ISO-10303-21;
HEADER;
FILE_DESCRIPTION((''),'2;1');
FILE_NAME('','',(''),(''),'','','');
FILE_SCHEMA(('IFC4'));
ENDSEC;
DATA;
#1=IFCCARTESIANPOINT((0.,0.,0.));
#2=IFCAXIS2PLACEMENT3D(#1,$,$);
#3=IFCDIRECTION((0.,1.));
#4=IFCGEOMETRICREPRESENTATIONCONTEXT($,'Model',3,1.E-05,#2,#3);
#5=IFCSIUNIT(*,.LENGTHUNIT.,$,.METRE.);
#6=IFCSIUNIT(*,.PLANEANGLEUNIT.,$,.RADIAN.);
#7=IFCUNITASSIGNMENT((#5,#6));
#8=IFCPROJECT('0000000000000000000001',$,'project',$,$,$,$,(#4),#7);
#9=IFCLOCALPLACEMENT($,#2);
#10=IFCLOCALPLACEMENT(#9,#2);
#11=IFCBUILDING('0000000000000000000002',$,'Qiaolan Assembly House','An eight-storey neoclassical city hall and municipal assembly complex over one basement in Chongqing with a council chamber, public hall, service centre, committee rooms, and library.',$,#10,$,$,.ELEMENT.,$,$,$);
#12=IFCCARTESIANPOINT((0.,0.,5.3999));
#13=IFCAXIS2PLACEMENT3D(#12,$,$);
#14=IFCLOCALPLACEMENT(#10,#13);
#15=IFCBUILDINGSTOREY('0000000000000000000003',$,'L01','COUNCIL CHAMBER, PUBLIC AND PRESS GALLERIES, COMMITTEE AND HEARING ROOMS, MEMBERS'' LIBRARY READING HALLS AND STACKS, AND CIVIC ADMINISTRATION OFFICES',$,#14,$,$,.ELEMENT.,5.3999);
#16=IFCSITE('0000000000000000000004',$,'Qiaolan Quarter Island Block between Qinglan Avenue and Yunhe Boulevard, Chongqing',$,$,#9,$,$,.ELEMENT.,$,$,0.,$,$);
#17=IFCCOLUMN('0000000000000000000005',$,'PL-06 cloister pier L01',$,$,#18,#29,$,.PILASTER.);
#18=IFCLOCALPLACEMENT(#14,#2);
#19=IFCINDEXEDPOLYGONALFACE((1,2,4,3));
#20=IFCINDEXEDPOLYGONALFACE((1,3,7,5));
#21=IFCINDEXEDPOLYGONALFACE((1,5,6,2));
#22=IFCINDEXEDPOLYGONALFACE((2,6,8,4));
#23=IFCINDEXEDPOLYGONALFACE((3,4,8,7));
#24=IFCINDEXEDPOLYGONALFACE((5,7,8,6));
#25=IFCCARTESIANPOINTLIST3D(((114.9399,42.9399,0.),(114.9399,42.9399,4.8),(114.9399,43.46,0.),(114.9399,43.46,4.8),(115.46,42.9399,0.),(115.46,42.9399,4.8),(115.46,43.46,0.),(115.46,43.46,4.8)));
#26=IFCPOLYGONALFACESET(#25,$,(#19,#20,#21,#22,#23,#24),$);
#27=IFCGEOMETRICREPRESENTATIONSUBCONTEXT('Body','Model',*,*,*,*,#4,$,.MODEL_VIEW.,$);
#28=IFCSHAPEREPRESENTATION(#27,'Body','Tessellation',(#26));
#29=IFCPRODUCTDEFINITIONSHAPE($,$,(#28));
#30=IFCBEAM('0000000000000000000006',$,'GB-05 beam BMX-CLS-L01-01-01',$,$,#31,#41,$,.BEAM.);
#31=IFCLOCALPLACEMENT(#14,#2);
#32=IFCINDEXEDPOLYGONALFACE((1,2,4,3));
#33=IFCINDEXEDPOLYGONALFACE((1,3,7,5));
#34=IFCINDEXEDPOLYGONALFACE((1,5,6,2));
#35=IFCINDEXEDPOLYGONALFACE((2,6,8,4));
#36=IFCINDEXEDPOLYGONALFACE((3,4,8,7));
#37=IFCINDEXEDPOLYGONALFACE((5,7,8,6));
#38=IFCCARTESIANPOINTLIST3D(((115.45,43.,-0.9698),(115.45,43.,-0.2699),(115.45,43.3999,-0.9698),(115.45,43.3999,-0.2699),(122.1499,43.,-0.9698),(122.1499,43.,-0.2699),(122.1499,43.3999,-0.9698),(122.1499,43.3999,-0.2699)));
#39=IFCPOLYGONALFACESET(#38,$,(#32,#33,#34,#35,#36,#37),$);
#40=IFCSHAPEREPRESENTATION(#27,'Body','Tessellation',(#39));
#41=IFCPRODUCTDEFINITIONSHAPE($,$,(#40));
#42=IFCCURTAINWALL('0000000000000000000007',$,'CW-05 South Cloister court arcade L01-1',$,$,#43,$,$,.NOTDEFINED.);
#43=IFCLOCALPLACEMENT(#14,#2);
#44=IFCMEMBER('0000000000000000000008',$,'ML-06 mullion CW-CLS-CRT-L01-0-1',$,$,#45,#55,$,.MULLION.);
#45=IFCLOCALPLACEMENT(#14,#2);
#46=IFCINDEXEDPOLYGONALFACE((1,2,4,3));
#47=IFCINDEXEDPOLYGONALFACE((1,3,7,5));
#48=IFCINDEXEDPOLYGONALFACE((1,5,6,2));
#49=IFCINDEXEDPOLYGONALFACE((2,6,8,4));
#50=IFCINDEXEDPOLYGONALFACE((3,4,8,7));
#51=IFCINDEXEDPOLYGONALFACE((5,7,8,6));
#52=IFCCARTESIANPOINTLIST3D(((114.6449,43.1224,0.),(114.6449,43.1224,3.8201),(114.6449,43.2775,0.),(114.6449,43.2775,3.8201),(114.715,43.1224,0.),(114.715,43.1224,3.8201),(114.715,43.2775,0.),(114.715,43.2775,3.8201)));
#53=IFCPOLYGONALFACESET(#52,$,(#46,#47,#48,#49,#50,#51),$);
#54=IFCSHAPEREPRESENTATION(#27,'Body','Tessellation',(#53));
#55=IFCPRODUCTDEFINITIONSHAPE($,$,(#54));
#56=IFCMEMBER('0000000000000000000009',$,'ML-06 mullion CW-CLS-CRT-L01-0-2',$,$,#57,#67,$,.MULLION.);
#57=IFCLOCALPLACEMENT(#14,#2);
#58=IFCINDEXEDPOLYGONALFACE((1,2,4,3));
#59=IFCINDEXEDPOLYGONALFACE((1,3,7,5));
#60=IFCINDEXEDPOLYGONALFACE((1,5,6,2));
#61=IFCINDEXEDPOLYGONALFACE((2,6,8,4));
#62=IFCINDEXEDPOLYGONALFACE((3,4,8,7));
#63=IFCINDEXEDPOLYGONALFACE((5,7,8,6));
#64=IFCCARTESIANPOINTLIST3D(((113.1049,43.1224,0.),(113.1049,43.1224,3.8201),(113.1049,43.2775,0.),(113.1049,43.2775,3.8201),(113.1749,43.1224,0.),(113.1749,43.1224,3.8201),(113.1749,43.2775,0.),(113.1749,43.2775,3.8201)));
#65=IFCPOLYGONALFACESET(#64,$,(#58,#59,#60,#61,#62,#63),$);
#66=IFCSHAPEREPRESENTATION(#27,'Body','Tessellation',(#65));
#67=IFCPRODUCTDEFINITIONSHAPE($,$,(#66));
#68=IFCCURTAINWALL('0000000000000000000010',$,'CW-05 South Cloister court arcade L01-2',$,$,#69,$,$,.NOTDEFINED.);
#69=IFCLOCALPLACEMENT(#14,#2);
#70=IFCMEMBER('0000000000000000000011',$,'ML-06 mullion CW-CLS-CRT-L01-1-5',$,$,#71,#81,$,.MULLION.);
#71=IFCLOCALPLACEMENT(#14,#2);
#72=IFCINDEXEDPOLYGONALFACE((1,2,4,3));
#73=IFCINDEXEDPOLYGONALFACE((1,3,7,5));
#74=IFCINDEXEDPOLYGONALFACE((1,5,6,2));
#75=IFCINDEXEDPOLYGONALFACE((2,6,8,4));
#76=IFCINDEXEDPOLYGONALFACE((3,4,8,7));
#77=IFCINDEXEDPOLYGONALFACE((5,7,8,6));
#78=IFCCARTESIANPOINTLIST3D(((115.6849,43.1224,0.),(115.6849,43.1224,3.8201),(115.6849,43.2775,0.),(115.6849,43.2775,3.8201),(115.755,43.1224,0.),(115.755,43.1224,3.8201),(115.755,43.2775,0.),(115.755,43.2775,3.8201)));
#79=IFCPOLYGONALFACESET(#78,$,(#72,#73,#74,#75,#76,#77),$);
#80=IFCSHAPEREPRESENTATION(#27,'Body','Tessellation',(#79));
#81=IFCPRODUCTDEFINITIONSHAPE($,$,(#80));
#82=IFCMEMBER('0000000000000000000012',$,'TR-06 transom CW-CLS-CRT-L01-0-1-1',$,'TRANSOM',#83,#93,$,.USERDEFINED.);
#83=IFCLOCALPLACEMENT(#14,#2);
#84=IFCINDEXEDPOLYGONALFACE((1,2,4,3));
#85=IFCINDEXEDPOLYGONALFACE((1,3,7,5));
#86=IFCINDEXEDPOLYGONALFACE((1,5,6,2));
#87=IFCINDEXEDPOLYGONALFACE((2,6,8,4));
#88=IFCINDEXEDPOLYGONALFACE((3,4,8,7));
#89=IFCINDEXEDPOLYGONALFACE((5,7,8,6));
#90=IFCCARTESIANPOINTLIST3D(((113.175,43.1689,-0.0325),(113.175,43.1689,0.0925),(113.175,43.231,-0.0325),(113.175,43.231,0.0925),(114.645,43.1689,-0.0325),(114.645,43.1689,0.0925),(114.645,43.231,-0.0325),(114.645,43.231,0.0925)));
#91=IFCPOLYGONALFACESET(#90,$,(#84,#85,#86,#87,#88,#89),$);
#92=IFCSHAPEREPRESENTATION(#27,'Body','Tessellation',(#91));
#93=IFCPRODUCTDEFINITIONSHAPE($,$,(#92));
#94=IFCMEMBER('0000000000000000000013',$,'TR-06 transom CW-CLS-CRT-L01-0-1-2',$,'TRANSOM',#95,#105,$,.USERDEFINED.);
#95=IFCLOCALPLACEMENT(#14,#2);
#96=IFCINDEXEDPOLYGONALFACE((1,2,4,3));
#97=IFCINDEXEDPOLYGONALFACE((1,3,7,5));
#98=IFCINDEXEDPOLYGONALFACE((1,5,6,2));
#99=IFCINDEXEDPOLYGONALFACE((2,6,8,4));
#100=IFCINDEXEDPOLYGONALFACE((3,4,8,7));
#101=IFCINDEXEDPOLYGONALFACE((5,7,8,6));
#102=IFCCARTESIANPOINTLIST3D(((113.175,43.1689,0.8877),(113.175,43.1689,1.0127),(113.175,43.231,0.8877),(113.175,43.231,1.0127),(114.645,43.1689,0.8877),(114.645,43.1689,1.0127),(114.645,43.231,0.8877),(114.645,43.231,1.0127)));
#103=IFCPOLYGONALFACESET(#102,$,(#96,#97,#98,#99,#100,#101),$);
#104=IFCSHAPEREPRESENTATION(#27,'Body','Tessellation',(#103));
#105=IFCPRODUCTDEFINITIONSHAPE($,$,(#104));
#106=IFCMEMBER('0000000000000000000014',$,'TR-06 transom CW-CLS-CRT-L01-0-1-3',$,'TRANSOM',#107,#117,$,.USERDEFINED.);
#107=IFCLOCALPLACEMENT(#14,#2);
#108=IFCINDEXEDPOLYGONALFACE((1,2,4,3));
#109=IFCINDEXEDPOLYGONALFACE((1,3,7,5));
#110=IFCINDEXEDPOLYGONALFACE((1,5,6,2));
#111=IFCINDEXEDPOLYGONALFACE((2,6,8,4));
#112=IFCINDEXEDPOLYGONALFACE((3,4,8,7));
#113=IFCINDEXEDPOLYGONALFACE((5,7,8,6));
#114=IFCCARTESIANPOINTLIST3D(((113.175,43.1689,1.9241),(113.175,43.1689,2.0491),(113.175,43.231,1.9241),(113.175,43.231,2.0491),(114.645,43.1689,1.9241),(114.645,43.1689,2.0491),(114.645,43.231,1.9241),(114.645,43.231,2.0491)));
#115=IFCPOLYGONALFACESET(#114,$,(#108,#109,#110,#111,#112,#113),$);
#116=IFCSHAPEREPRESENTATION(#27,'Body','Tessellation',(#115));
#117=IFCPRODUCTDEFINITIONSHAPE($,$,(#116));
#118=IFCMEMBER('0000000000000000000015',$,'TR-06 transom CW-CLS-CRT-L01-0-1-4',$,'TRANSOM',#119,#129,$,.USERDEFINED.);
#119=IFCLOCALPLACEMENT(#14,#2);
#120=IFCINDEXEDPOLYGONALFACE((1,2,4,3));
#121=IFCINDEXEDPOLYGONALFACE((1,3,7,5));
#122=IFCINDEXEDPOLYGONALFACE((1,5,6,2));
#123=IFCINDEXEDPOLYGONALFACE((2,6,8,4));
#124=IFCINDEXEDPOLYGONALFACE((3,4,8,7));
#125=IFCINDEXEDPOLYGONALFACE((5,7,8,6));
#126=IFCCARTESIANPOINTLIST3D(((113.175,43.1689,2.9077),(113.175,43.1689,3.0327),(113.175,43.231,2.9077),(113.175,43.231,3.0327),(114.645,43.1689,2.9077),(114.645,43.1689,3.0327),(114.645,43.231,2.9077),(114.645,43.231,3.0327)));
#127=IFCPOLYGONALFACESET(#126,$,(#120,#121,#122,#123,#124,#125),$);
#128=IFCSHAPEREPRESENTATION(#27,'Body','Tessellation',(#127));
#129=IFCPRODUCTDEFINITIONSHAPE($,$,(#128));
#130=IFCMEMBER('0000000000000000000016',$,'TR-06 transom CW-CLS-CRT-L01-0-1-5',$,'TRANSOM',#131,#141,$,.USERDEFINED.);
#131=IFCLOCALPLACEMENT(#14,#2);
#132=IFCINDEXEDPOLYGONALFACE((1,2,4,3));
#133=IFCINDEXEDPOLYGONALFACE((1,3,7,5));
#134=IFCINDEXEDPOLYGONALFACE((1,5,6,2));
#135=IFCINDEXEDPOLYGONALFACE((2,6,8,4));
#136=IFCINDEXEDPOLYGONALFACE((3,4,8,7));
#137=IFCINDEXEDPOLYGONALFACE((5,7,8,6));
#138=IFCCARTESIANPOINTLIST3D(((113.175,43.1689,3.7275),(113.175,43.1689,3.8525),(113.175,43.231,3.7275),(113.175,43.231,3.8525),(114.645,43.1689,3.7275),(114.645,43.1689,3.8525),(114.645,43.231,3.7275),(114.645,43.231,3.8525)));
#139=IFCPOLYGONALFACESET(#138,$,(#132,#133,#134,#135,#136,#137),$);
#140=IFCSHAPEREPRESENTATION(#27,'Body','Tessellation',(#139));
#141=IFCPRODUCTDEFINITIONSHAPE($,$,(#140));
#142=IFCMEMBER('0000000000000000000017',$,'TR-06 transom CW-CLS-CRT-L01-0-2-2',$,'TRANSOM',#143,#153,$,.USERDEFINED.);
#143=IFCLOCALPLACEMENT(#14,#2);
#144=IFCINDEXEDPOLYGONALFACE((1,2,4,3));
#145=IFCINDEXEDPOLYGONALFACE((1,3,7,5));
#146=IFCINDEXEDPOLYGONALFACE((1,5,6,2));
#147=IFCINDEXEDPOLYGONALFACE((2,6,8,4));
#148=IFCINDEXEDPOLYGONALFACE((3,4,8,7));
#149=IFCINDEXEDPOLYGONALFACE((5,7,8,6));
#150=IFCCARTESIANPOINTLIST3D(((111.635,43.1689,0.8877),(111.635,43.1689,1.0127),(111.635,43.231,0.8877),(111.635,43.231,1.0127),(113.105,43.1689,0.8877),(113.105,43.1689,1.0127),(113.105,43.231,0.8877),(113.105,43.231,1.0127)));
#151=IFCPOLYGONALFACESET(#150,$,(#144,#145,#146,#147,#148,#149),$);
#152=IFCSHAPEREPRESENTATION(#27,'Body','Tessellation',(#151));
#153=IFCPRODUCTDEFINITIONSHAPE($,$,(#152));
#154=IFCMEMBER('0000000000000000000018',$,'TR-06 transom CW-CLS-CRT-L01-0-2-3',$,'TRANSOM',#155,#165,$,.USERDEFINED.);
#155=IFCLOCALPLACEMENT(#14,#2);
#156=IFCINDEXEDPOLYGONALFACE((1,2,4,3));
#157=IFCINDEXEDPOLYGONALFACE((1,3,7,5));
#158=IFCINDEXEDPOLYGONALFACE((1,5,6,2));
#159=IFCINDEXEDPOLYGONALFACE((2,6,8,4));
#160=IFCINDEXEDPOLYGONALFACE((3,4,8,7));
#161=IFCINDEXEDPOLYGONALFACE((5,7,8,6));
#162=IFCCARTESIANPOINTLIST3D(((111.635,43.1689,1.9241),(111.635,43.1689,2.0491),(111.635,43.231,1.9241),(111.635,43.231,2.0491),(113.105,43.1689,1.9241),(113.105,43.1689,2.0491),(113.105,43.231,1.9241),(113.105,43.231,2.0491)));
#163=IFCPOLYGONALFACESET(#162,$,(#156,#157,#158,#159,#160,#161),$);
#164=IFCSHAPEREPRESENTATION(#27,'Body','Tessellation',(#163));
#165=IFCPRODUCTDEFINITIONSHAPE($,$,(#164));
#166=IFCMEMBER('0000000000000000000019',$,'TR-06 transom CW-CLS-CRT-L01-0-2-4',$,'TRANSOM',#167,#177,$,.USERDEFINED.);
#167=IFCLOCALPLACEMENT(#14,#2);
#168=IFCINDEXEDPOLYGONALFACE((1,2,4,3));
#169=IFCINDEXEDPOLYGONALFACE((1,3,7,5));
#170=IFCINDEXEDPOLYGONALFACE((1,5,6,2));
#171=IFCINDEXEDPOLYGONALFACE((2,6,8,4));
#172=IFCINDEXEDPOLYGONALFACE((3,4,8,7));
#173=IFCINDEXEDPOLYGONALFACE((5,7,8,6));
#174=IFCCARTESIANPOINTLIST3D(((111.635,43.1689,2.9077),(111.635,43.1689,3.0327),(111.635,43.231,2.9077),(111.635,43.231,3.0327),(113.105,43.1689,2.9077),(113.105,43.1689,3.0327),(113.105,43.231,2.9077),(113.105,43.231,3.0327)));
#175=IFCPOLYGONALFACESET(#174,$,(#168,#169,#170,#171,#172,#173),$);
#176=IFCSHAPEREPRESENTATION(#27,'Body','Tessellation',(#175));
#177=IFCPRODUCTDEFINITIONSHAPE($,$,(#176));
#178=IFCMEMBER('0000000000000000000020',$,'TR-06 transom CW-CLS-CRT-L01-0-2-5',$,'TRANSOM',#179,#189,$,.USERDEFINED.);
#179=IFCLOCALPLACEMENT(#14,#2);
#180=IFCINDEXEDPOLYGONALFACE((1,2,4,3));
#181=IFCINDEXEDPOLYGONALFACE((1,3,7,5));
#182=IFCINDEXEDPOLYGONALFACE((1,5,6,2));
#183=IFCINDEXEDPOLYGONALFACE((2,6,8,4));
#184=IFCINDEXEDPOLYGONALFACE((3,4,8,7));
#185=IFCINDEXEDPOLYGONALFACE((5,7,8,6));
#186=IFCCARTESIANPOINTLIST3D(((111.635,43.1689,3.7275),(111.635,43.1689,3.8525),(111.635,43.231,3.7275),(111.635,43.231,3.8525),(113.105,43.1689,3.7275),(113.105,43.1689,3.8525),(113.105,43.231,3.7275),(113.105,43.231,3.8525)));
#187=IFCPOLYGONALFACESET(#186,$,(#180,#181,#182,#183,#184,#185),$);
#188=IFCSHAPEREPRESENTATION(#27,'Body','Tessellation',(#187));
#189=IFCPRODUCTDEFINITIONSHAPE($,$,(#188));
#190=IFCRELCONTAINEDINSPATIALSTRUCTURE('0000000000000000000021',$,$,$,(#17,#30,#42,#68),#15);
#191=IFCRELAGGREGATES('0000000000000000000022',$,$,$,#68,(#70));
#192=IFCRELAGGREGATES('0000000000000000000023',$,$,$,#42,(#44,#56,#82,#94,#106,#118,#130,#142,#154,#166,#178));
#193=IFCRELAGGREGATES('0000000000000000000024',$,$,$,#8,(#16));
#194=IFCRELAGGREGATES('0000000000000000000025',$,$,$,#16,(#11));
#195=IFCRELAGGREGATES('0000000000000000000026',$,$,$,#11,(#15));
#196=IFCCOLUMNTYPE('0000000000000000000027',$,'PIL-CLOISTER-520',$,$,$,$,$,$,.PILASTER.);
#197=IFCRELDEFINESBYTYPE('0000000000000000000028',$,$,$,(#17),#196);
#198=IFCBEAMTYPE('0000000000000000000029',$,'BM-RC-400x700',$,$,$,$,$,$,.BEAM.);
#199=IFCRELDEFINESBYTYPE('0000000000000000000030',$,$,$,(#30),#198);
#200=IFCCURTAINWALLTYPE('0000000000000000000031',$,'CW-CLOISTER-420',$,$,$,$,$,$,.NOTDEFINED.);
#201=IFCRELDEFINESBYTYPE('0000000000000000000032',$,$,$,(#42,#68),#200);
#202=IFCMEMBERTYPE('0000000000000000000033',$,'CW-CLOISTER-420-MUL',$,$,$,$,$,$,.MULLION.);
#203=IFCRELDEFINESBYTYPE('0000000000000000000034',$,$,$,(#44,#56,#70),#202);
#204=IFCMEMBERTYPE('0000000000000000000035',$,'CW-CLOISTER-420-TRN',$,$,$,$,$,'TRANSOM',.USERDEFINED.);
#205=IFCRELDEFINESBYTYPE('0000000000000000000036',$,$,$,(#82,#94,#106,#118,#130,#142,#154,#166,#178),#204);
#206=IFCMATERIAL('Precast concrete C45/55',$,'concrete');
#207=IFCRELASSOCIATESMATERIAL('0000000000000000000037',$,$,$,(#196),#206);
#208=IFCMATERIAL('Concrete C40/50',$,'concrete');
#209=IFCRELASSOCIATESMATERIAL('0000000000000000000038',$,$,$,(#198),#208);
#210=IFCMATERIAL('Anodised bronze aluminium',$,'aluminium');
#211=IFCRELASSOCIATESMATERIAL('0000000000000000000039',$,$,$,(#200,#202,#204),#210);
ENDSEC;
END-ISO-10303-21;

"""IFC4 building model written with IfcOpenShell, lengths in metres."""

from ifc_helpers import new_model, si_unit, direction, frame, origin, origin_2d, place, context, subcontext, project, spatial, rectangle, extrude, material, material_profile, profile_set, type_object, element, aggregate, save


model = new_model("IFC4")

# Units and contexts
model_context = context("Model", 3, precision=1e-05, world=origin(), true_north=direction((0.0, 1.0)))
body_context = subcontext(model_context, "Body", "Model", "MODEL_VIEW")
ifc_project = project(units=[si_unit("LENGTHUNIT", "METRE"), si_unit("PLANEANGLEUNIT", "RADIAN")], contexts=[model_context])

# Site, building, storey
site_placement = place(None, origin())
site = spatial("IfcSite", under=ifc_project, at=site_placement, Name="Qiaolan Quarter Island Block between Qinglan Avenue and Yunhe Boulevard, Chongqing", CompositionType="ELEMENT", RefElevation=0.0)
building_placement = place(site_placement, origin())
building = spatial("IfcBuilding", under=site, at=building_placement, Name="Qiaolan Assembly House", Description="An eight-storey neoclassical city hall and municipal assembly complex over one basement in Chongqing with a council chamber, public hall, service centre, committee rooms, and library.", CompositionType="ELEMENT")
storey_placement = place(building_placement, frame((0.0, 0.0, 5.3999)))
storey = spatial("IfcBuildingStorey", under=building, at=storey_placement, Name="L01", Description="COUNCIL CHAMBER, PUBLIC AND PRESS GALLERIES, COMMITTEE AND HEARING ROOMS, MEMBERS' LIBRARY READING HALLS AND STACKS, AND CIVIC ADMINISTRATION OFFICES", CompositionType="ELEMENT", Elevation=5.3999)

# Column
ifc_material_1 = material(Name="Precast concrete C45/55", Category="concrete")
ifc_material_profile_1 = material_profile(ifc_material_1, rectangle(XDim=0.52, YDim=0.52, at=origin_2d()), Name="PIL 520x520")
ifc_profile_set_1 = profile_set([ifc_material_profile_1], Name="Precast concrete C45/55")
column_type = type_object("IfcColumnType", Name="PIL-CLOISTER-520", PredefinedType="PILASTER", material=ifc_profile_set_1)
column_placement = place(storey_placement, frame((115.2, 43.2, 0.0), z_axis=(0.0, 0.0, 1.0), x_axis=(1.0, 0.0, 0.0)))
element("IfcColumn", 1, at=column_placement, inside=storey, type_object=column_type, Name="PL-06 cloister pier L01", PredefinedType="PILASTER", context=body_context, shape_type="SweptSolid", body=[
    extrude(rectangle(XDim=0.52, YDim=0.52, at=origin_2d()), origin(), (0.0, 0.0, 1.0), 4.8),
])

# Beam
ifc_material_2 = material(Name="Concrete C40/50", Category="concrete")
ifc_material_profile_2 = material_profile(ifc_material_2, rectangle(XDim=0.3999, YDim=0.7, at=origin_2d()), Name="RCB 400x700")
ifc_profile_set_2 = profile_set([ifc_material_profile_2], Name="Concrete C40/50")
beam_type = type_object("IfcBeamType", Name="BM-RC-400x700", PredefinedType="BEAM", material=ifc_profile_set_2)
beam_placement = place(storey_placement, frame((115.45, 43.2, -0.6199), z_axis=(1.0, 0.0, 0.0), x_axis=(0.0, 1.0, 0.0)))
element("IfcBeam", 2, at=beam_placement, inside=storey, type_object=beam_type, Name="GB-05 beam BMX-CLS-L01-01-01", PredefinedType="BEAM", context=body_context, shape_type="SweptSolid", body=[
    extrude(rectangle(XDim=0.3999, YDim=0.7, at=origin_2d()), origin(), (0.0, 0.0, 1.0), 6.7),
])

# Curtain wall, members
ifc_material_3 = material(Name="Anodised bronze aluminium", Category="aluminium")
curtain_wall_type = type_object("IfcCurtainWallType", Name="CW-CLOISTER-420", PredefinedType="NOTDEFINED", material=ifc_material_3)
curtain_wall_1_placement = place(storey_placement, origin())
curtain_wall_1 = element("IfcCurtainWall", 3, at=curtain_wall_1_placement, inside=storey, type_object=curtain_wall_type, Name="CW-05 South Cloister court arcade L01-1", PredefinedType="NOTDEFINED")
ifc_material_profile_3 = material_profile(ifc_material_3, rectangle(XDim=0.0701, YDim=0.155, at=origin_2d()), Name="MUL 70x155")
ifc_profile_set_3 = profile_set([ifc_material_profile_3], Name="Anodised bronze aluminium")
member_type_1 = type_object("IfcMemberType", Name="CW-CLOISTER-420-MUL", PredefinedType="MULLION", material=ifc_profile_set_3)
member_1_placement = place(storey_placement, frame((114.6799, 43.2, 0.0), z_axis=(0.0, 0.0, 1.0), x_axis=(-1.0, 0.0, 0.0)))
member_1 = element("IfcMember", 4, at=member_1_placement, type_object=member_type_1, Name="ML-06 mullion CW-CLS-CRT-L01-0-1", PredefinedType="MULLION", context=body_context, shape_type="SweptSolid", body=[
    extrude(rectangle(XDim=0.0701, YDim=0.155, at=origin_2d()), origin(), (0.0, 0.0, 1.0), 3.8201),
])
member_2_placement = place(storey_placement, frame((113.1399, 43.2, 0.0), z_axis=(0.0, 0.0, 1.0), x_axis=(-1.0, 0.0, 0.0)))
member_2 = element("IfcMember", 5, at=member_2_placement, type_object=member_type_1, Name="ML-06 mullion CW-CLS-CRT-L01-0-2", PredefinedType="MULLION", context=body_context, shape_type="SweptSolid", body=[
    extrude(rectangle(XDim=0.0701, YDim=0.155, at=origin_2d()), origin(), (0.0, 0.0, 1.0), 3.8201),
])

# Curtain wall, member
curtain_wall_2_placement = place(storey_placement, origin())
curtain_wall_2 = element("IfcCurtainWall", 6, at=curtain_wall_2_placement, inside=storey, type_object=curtain_wall_type, Name="CW-05 South Cloister court arcade L01-2", PredefinedType="NOTDEFINED")
member_3_placement = place(storey_placement, frame((115.72, 43.2, 0.0), z_axis=(0.0, 0.0, 1.0), x_axis=(-1.0, 0.0, 0.0)))
member_3 = element("IfcMember", 7, at=member_3_placement, type_object=member_type_1, Name="ML-06 mullion CW-CLS-CRT-L01-1-5", PredefinedType="MULLION", context=body_context, shape_type="SweptSolid", body=[
    extrude(rectangle(XDim=0.0701, YDim=0.155, at=origin_2d()), origin(), (0.0, 0.0, 1.0), 3.8201),
])

# Members
ifc_material_profile_4 = material_profile(ifc_material_3, rectangle(XDim=0.062, YDim=0.125, at=origin_2d()), Name="TRN 62x125")
ifc_profile_set_4 = profile_set([ifc_material_profile_4], Name="Anodised bronze aluminium")
member_type_2 = type_object("IfcMemberType", Name="CW-CLOISTER-420-TRN", ElementType="TRANSOM", PredefinedType="USERDEFINED", material=ifc_profile_set_4)
member_4_placement = place(storey_placement, frame((114.645, 43.2, 0.03), z_axis=(-1.0, 0.0, 0.0), x_axis=(0.0, -1.0, 0.0)))
member_4 = element("IfcMember", 8, at=member_4_placement, type_object=member_type_2, Name="TR-06 transom CW-CLS-CRT-L01-0-1-1", ObjectType="TRANSOM", PredefinedType="USERDEFINED", context=body_context, shape_type="SweptSolid", body=[
    extrude(rectangle(XDim=0.062, YDim=0.125, at=origin_2d()), origin(), (0.0, 0.0, 1.0), 1.47),
])
member_5_placement = place(storey_placement, frame((114.645, 43.2, 0.9502), z_axis=(-1.0, 0.0, 0.0), x_axis=(0.0, -1.0, 0.0)))
member_5 = element("IfcMember", 9, at=member_5_placement, type_object=member_type_2, Name="TR-06 transom CW-CLS-CRT-L01-0-1-2", ObjectType="TRANSOM", PredefinedType="USERDEFINED", context=body_context, shape_type="SweptSolid", body=[
    extrude(rectangle(XDim=0.062, YDim=0.125, at=origin_2d()), origin(), (0.0, 0.0, 1.0), 1.47),
])
member_6_placement = place(storey_placement, frame((114.645, 43.2, 1.9866), z_axis=(-1.0, 0.0, 0.0), x_axis=(0.0, -1.0, 0.0)))
member_6 = element("IfcMember", 10, at=member_6_placement, type_object=member_type_2, Name="TR-06 transom CW-CLS-CRT-L01-0-1-3", ObjectType="TRANSOM", PredefinedType="USERDEFINED", context=body_context, shape_type="SweptSolid", body=[
    extrude(rectangle(XDim=0.062, YDim=0.125, at=origin_2d()), origin(), (0.0, 0.0, 1.0), 1.47),
])
member_7_placement = place(storey_placement, frame((114.645, 43.2, 2.9702), z_axis=(-1.0, 0.0, 0.0), x_axis=(0.0, -1.0, 0.0)))
member_7 = element("IfcMember", 11, at=member_7_placement, type_object=member_type_2, Name="TR-06 transom CW-CLS-CRT-L01-0-1-4", ObjectType="TRANSOM", PredefinedType="USERDEFINED", context=body_context, shape_type="SweptSolid", body=[
    extrude(rectangle(XDim=0.062, YDim=0.125, at=origin_2d()), origin(), (0.0, 0.0, 1.0), 1.47),
])
member_8_placement = place(storey_placement, frame((114.645, 43.2, 3.79), z_axis=(-1.0, 0.0, 0.0), x_axis=(0.0, -1.0, 0.0)))
member_8 = element("IfcMember", 12, at=member_8_placement, type_object=member_type_2, Name="TR-06 transom CW-CLS-CRT-L01-0-1-5", ObjectType="TRANSOM", PredefinedType="USERDEFINED", context=body_context, shape_type="SweptSolid", body=[
    extrude(rectangle(XDim=0.062, YDim=0.125, at=origin_2d()), origin(), (0.0, 0.0, 1.0), 1.47),
])
member_9_placement = place(storey_placement, frame((113.105, 43.2, 0.9502), z_axis=(-1.0, 0.0, 0.0), x_axis=(0.0, -1.0, 0.0)))
member_9 = element("IfcMember", 13, at=member_9_placement, type_object=member_type_2, Name="TR-06 transom CW-CLS-CRT-L01-0-2-2", ObjectType="TRANSOM", PredefinedType="USERDEFINED", context=body_context, shape_type="SweptSolid", body=[
    extrude(rectangle(XDim=0.062, YDim=0.125, at=origin_2d()), origin(), (0.0, 0.0, 1.0), 1.47),
])
member_10_placement = place(storey_placement, frame((113.105, 43.2, 1.9866), z_axis=(-1.0, 0.0, 0.0), x_axis=(0.0, -1.0, 0.0)))
member_10 = element("IfcMember", 14, at=member_10_placement, type_object=member_type_2, Name="TR-06 transom CW-CLS-CRT-L01-0-2-3", ObjectType="TRANSOM", PredefinedType="USERDEFINED", context=body_context, shape_type="SweptSolid", body=[
    extrude(rectangle(XDim=0.062, YDim=0.125, at=origin_2d()), origin(), (0.0, 0.0, 1.0), 1.47),
])
member_11_placement = place(storey_placement, frame((113.105, 43.2, 2.9702), z_axis=(-1.0, 0.0, 0.0), x_axis=(0.0, -1.0, 0.0)))
member_11 = element("IfcMember", 15, at=member_11_placement, type_object=member_type_2, Name="TR-06 transom CW-CLS-CRT-L01-0-2-4", ObjectType="TRANSOM", PredefinedType="USERDEFINED", context=body_context, shape_type="SweptSolid", body=[
    extrude(rectangle(XDim=0.062, YDim=0.125, at=origin_2d()), origin(), (0.0, 0.0, 1.0), 1.47),
])
member_12_placement = place(storey_placement, frame((113.105, 43.2, 3.79), z_axis=(-1.0, 0.0, 0.0), x_axis=(0.0, -1.0, 0.0)))
member_12 = element("IfcMember", 16, at=member_12_placement, type_object=member_type_2, Name="TR-06 transom CW-CLS-CRT-L01-0-2-5", ObjectType="TRANSOM", PredefinedType="USERDEFINED", context=body_context, shape_type="SweptSolid", body=[
    extrude(rectangle(XDim=0.062, YDim=0.125, at=origin_2d()), origin(), (0.0, 0.0, 1.0), 1.47),
])
aggregate(curtain_wall_2, [member_3])

aggregate(curtain_wall_1, [member_1, member_2, member_4, member_5, member_6, member_7, member_8, member_9, member_10, member_11, member_12])

save(model, "model.ifc")
